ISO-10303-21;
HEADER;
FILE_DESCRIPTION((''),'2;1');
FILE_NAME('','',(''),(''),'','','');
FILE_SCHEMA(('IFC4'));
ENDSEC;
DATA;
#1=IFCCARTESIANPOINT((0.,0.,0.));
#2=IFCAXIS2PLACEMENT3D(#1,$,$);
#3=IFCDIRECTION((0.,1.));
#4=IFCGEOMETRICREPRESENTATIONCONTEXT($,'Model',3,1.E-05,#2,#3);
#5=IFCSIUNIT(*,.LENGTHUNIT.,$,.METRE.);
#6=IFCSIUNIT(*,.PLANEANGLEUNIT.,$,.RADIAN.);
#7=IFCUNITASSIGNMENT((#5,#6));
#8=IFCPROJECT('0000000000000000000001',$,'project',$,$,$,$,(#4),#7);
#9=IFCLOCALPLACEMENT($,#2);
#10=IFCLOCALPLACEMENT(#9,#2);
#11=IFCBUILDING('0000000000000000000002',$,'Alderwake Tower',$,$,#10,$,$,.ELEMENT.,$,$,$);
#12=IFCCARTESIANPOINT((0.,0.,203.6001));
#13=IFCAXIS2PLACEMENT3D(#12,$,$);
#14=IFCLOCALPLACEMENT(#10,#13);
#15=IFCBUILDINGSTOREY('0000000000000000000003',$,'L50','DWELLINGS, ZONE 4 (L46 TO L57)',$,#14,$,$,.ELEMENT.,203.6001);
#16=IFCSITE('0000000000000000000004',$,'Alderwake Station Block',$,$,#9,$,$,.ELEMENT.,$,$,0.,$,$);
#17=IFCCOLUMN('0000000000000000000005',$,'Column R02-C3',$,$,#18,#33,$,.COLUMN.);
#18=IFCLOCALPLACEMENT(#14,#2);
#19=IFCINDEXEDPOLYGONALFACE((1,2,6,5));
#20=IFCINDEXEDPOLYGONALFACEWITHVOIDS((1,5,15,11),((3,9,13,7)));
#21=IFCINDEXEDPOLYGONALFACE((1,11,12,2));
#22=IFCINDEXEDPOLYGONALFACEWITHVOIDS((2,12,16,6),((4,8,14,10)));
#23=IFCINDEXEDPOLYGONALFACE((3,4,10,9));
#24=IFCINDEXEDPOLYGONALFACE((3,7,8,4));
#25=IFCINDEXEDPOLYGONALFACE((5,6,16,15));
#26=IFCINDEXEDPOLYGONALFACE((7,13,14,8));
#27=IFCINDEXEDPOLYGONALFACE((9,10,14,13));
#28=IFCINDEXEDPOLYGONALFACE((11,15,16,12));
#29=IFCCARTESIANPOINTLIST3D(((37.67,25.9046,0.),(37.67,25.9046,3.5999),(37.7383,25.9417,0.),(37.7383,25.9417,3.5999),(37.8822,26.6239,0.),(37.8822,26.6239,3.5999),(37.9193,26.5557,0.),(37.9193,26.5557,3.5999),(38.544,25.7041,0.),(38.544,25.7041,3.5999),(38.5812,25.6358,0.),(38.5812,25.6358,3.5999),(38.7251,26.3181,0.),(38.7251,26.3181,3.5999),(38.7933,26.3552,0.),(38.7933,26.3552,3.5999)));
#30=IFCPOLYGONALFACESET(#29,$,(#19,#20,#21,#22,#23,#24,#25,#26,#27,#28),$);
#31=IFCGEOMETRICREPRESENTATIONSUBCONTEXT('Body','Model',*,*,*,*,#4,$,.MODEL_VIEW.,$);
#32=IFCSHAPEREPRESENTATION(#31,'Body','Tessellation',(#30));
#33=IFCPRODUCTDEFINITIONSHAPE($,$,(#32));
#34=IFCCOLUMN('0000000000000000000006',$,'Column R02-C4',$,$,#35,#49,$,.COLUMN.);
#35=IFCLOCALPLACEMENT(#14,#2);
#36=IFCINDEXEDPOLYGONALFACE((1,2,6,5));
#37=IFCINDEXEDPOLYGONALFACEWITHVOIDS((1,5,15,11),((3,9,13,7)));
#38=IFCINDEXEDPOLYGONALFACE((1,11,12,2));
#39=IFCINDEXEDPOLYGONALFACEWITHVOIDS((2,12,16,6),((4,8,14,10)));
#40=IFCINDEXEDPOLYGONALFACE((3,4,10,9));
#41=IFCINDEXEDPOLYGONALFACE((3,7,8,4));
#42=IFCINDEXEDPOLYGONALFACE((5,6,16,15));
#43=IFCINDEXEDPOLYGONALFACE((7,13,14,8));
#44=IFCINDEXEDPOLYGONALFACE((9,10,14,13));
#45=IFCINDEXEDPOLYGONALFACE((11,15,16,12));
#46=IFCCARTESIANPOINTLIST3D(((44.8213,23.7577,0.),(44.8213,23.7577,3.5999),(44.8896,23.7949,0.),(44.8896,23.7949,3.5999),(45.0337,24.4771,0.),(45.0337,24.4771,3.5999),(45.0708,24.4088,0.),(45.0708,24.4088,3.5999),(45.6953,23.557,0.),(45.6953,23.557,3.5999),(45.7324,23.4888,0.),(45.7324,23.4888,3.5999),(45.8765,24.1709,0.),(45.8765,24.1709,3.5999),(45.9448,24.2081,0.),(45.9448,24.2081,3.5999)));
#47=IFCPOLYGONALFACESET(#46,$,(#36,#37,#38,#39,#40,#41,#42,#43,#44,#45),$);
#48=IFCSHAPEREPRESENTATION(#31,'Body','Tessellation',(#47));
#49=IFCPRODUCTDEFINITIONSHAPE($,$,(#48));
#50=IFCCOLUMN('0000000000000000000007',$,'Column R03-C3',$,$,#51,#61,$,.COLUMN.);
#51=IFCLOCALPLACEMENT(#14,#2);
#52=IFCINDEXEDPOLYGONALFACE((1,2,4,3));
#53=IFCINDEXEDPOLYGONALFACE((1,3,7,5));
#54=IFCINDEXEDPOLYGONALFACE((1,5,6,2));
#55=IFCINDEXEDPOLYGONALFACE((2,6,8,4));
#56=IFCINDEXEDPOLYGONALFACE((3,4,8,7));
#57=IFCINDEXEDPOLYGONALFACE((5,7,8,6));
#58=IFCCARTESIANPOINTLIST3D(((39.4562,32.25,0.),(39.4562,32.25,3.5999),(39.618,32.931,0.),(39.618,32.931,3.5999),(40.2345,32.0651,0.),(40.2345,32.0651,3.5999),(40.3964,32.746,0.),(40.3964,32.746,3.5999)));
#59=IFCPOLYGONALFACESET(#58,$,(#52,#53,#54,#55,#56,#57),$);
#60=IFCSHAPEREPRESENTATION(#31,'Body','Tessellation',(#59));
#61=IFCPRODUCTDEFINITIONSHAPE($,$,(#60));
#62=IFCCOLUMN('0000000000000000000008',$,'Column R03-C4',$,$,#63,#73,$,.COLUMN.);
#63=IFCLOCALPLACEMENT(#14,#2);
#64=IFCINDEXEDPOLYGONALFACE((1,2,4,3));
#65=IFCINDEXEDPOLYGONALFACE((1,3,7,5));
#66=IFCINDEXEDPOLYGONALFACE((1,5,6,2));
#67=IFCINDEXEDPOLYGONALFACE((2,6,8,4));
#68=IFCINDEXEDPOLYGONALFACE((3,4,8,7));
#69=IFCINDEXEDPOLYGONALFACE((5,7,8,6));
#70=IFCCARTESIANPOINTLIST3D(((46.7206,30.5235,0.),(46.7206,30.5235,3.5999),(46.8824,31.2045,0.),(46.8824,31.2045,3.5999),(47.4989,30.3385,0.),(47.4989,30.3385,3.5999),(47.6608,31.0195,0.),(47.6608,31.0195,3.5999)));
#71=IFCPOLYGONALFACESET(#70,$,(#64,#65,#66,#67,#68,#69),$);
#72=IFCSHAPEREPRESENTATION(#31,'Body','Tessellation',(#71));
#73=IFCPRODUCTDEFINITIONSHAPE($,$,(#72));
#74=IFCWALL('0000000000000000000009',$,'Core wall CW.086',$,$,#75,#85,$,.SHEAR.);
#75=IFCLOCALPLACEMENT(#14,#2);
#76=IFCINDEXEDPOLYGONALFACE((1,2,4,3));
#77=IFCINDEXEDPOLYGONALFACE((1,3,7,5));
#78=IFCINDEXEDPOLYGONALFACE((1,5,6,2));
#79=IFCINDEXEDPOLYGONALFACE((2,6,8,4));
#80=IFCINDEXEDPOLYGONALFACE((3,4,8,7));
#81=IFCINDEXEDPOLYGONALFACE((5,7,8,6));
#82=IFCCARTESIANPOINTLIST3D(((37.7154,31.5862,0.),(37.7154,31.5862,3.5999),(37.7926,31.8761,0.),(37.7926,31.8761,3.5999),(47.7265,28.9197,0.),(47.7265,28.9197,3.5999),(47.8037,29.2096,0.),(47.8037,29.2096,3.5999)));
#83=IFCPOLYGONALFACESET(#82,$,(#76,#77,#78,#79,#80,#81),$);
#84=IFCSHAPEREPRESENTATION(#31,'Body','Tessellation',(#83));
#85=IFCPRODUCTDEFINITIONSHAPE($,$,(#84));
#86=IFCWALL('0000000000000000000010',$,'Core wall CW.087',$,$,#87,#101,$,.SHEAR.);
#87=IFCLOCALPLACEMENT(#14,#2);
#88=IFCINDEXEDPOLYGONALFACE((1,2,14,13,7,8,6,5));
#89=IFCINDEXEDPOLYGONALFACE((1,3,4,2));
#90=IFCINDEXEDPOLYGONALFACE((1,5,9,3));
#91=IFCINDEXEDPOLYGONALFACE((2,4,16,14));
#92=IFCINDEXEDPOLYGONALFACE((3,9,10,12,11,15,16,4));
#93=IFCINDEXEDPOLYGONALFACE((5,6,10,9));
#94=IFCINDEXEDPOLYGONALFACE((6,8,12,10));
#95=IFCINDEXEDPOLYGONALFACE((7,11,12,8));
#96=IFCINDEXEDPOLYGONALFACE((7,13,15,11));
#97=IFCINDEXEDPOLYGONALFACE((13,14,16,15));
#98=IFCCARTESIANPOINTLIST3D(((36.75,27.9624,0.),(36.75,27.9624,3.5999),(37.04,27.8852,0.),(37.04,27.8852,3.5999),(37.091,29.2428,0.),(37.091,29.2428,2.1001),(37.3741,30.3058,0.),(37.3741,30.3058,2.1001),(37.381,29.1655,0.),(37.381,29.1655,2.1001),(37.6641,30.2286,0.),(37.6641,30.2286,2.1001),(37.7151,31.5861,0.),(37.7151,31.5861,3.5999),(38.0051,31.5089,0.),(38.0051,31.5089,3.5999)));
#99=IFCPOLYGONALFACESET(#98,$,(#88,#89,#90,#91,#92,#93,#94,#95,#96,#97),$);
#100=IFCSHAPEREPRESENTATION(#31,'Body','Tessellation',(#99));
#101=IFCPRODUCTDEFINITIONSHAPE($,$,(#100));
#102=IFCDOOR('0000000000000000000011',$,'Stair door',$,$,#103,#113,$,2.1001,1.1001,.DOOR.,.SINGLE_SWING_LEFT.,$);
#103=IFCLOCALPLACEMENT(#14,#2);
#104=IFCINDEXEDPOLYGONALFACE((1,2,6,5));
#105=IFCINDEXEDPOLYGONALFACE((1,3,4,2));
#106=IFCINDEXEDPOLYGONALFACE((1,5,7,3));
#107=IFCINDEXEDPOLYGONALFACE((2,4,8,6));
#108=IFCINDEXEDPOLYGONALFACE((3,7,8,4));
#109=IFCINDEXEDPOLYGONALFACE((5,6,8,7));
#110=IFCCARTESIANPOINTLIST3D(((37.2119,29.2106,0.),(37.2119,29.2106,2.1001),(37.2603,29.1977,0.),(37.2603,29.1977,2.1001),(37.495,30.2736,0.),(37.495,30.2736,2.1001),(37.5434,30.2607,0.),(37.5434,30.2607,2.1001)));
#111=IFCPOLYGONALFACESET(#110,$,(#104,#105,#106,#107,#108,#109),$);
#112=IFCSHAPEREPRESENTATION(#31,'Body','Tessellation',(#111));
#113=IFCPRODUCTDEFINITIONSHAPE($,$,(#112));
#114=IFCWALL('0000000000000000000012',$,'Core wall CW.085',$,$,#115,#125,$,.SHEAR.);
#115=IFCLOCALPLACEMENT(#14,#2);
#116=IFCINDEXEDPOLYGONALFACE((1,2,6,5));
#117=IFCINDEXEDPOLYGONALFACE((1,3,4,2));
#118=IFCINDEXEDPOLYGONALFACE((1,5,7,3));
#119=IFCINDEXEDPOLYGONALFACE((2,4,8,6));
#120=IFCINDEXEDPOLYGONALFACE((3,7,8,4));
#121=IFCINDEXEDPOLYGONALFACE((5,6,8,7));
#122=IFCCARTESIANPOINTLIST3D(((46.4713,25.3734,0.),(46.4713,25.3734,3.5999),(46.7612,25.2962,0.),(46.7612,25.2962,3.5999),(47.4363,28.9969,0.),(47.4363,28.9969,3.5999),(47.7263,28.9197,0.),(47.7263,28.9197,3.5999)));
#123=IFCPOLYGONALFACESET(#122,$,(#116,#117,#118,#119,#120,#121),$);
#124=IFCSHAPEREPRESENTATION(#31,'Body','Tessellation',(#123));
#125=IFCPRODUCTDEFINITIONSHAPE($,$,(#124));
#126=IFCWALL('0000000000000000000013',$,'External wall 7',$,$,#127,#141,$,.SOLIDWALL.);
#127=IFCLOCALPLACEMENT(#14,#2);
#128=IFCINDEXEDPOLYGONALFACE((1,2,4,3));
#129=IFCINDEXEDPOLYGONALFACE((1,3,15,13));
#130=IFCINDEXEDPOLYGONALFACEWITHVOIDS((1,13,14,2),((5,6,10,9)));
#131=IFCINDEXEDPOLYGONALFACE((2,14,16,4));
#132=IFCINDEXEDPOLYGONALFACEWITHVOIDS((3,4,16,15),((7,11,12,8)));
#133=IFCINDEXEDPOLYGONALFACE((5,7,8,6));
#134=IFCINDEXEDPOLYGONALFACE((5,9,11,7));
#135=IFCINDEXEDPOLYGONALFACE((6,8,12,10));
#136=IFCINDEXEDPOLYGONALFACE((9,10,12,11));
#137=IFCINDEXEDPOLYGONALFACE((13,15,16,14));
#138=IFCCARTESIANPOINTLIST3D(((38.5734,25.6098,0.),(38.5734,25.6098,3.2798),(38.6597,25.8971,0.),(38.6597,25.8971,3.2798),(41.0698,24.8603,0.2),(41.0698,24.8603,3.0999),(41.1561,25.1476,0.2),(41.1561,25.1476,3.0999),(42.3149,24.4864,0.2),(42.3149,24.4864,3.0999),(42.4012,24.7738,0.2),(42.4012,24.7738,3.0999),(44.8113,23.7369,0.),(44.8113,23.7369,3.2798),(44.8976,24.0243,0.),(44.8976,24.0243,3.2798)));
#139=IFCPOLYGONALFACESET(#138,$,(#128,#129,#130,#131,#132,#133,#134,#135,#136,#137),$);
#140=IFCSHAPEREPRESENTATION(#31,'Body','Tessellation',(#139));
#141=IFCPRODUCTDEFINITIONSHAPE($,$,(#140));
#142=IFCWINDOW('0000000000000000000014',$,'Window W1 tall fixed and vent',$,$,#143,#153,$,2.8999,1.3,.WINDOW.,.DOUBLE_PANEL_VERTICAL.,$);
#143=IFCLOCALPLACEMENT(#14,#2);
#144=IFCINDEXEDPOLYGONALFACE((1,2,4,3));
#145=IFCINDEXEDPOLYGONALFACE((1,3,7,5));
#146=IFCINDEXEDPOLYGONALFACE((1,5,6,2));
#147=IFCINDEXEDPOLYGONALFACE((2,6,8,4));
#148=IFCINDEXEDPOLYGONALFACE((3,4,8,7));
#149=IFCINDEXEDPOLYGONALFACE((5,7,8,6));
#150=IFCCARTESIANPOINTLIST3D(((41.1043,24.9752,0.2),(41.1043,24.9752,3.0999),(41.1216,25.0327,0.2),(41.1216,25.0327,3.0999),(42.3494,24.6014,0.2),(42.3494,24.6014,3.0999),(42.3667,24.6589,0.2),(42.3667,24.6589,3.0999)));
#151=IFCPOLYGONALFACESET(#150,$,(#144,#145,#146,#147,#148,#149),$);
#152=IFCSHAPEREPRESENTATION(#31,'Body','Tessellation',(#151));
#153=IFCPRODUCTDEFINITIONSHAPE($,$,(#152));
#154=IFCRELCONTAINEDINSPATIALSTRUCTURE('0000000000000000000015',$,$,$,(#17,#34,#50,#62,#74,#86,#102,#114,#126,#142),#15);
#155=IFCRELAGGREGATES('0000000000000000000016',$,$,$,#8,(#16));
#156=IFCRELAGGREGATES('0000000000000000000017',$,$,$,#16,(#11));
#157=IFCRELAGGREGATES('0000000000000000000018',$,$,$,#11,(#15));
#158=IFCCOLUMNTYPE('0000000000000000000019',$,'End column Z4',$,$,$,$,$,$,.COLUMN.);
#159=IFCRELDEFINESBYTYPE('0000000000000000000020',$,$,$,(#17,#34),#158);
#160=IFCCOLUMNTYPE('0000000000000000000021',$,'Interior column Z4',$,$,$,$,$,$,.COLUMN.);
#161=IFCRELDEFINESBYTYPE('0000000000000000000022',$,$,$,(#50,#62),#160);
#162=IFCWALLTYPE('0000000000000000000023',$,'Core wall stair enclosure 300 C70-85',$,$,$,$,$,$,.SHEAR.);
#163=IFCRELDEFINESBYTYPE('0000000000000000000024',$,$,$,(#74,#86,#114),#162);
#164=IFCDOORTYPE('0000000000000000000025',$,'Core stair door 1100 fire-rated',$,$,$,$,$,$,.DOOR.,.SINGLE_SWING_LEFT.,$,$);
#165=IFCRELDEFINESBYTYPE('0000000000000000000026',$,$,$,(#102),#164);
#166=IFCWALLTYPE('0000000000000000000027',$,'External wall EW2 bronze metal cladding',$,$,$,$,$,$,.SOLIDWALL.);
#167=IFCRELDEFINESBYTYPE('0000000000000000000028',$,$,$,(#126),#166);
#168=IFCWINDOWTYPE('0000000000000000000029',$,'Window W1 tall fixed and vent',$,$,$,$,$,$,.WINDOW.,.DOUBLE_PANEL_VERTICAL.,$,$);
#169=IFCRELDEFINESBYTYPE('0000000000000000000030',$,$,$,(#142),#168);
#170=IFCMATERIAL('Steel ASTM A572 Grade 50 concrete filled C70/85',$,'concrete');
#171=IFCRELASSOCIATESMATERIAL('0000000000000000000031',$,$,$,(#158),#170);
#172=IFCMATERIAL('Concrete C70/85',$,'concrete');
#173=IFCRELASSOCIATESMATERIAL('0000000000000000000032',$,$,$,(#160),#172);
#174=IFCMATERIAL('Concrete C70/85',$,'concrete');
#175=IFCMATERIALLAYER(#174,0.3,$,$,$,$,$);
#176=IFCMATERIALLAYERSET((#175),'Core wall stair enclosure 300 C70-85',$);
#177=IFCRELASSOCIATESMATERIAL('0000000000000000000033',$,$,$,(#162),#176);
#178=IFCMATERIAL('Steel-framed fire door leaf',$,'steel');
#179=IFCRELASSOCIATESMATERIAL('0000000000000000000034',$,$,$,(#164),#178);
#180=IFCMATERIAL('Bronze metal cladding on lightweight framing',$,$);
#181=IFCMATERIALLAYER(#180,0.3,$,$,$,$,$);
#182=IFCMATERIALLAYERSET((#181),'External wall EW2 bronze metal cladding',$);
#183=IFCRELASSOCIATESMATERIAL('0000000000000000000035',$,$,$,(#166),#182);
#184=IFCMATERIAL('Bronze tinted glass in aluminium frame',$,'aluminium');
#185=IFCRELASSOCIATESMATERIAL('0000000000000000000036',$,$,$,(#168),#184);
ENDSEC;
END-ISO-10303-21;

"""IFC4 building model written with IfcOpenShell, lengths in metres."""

from ifc_helpers import new_model, si_unit, direction, frame, frame_2d, origin, origin_2d, place, context, subcontext, project, spatial, rectangle, hollow_rectangle, extrude, material, layer, layer_set, material_profile, profile_set, type_object, element, fill, save


model = new_model("IFC4")

# Units and contexts
model_context = context("Model", 3, precision=1e-05, world=origin(), true_north=direction((0.0, 1.0)))
body_context = subcontext(model_context, "Body", "Model", "MODEL_VIEW")
ifc_project = project(units=[si_unit("LENGTHUNIT", "METRE"), si_unit("PLANEANGLEUNIT", "RADIAN")], contexts=[model_context])

# Site, building, storey
site_placement = place(None, origin())
site = spatial("IfcSite", under=ifc_project, at=site_placement, Name="Alderwake Station Block", CompositionType="ELEMENT", RefElevation=0.0)
building_placement = place(site_placement, origin())
building = spatial("IfcBuilding", under=site, at=building_placement, Name="Alderwake Tower", CompositionType="ELEMENT")
storey_placement = place(building_placement, frame((0.0, 0.0, 203.6001)))
storey = spatial("IfcBuildingStorey", under=building, at=storey_placement, Name="L50", Description="DWELLINGS, ZONE 4 (L46 TO L57)", CompositionType="ELEMENT", Elevation=203.6001)

# Columns
ifc_material_1 = material(Name="Steel ASTM A572 Grade 50 concrete filled C70/85", Category="concrete")
ifc_material_profile_1 = material_profile(ifc_material_1, hollow_rectangle(XDim=0.75, YDim=0.95, WallThickness=0.0549, at=origin_2d()), Name="BOX 950X750X55")
ifc_profile_set_1 = profile_set([ifc_material_profile_1], Name="Steel ASTM A572 Grade 50 concrete filled C70/85")
column_type_1 = type_object("IfcColumnType", Name="End column Z4", PredefinedType="COLUMN", material=ifc_profile_set_1)
for number, where, z_axis, x_axis, name in (
    (1, (38.2317, 26.1299, 0.0), (0.0, 0.0, 1.0), (0.282884, 0.959154, 0.0), "Column R02-C3"),
    (2, (45.3831, 23.9829, 0.0), (0.0, 0.0, 1.0), (0.28315, 0.959076, 0.0), "Column R02-C4"),
):
    element("IfcColumn", number, at=place(storey_placement, frame(where, z_axis=z_axis, x_axis=x_axis)), inside=storey, type_object=column_type_1, Name=name, PredefinedType="COLUMN", context=body_context, shape_type="SweptSolid", body=[
        extrude(hollow_rectangle(XDim=0.75, YDim=0.95, WallThickness=0.0549, at=origin_2d()), origin(), (0.0, 0.0, 1.0), 3.5999),
    ])
ifc_material_2 = material(Name="Concrete C70/85", Category="concrete")
ifc_material_profile_2 = material_profile(ifc_material_2, rectangle(XDim=0.7, YDim=0.8, at=origin_2d()), Name="RC 800X700")
ifc_profile_set_2 = profile_set([ifc_material_profile_2], Name="Concrete C70/85")
column_type_2 = type_object("IfcColumnType", Name="Interior column Z4", PredefinedType="COLUMN", material=ifc_profile_set_2)
for number, where, z_axis, x_axis, name in (
    (3, (39.9263, 32.498, 0.0), (0.0, 0.0, 1.0), (0.231222, 0.972901, 0.0), "Column R03-C3"),
    (4, (47.1907, 30.7715, 0.0), (0.0, 0.0, 1.0), (0.231222, 0.972901, 0.0), "Column R03-C4"),
):
    element("IfcColumn", number, at=place(storey_placement, frame(where, z_axis=z_axis, x_axis=x_axis)), inside=storey, type_object=column_type_2, Name=name, PredefinedType="COLUMN", context=body_context, shape_type="SweptSolid", body=[
        extrude(rectangle(XDim=0.7, YDim=0.8, at=origin_2d()), origin(), (0.0, 0.0, 1.0), 3.5999),
    ])

# Wall
ifc_material_3 = material(Name="Concrete C70/85", Category="concrete")
ifc_layer_1 = layer(ifc_material_3, 0.3)
ifc_layer_set_1 = layer_set([ifc_layer_1], Name="Core wall stair enclosure 300 C70-85")
wall_type_1 = type_object("IfcWallType", Name="Core wall stair enclosure 300 C70-85", PredefinedType="SHEAR", material=ifc_layer_set_1)
wall_1_placement = place(storey_placement, frame((37.7539, 31.7312, 0.0), z_axis=(0.0, 0.0, 1.0), x_axis=(0.966309, -0.257384, 0.0)))
element("IfcWall", 5, at=wall_1_placement, inside=storey, type_object=wall_type_1, Name="Core wall CW.086", PredefinedType="SHEAR", context=body_context, shape_type="SweptSolid", body=[
    extrude(rectangle(XDim=10.3601, YDim=0.3, at=frame_2d((5.1802, 0.0))), origin(), (0.0, 0.0, 1.0), 3.5999),
])

# Wall, opening, door
wall_2_placement = place(storey_placement, frame((36.895, 27.9238, 0.0), z_axis=(0.0, 0.0, 1.0), x_axis=(0.257351, 0.966318, 0.0)))
wall_2 = element("IfcWall", 6, at=wall_2_placement, inside=storey, type_object=wall_type_1, Name="Core wall CW.087", PredefinedType="SHEAR", context=body_context, shape_type="SweptSolid", body=[
    extrude(rectangle(XDim=3.75, YDim=0.3, at=frame_2d((1.875, 0.0))), origin(), (0.0, 0.0, 1.0), 3.5999),
])
opening_1_placement = place(wall_2_placement, frame((1.325, 0.0, 0.0)))
opening_1 = element("IfcOpeningElement", 7, at=opening_1_placement, cuts=wall_2, PredefinedType="OPENING", context=body_context, shape_type="SweptSolid", body=[
    extrude(rectangle(XDim=1.1001, YDim=2.1001, at=frame_2d((0.55, 1.05))), frame((0.0, 0.1599, 0.0), z_axis=(0.0, -1.0, 0.0), x_axis=(1.0, 0.0, 0.0)), (0.0, 0.0, 1.0), 0.3201),
])
ifc_material_4 = material(Name="Steel-framed fire door leaf", Category="steel")
door_type = type_object("IfcDoorType", Name="Core stair door 1100 fire-rated", OperationType="SINGLE_SWING_LEFT", PredefinedType="DOOR", material=ifc_material_4)
door_placement = place(opening_1_placement, origin())
door = element("IfcDoor", 8, at=door_placement, inside=storey, type_object=door_type, Name="Stair door", OperationType="SINGLE_SWING_LEFT", OverallHeight=2.1001, OverallWidth=1.1001, PredefinedType="DOOR", context=body_context, shape_type="SweptSolid", body=[
    extrude(rectangle(XDim=1.1001, YDim=2.1001, at=frame_2d((0.55, 1.05))), frame((0.0, 0.0249, 0.0), z_axis=(0.0, -1.0, 0.0), x_axis=(1.0, 0.0, 0.0)), (0.0, 0.0, 1.0), 0.05),
])
fill(opening_1, door)

# Wall
wall_3_placement = place(storey_placement, frame((46.6162, 25.3347, 0.0), z_axis=(0.0, 0.0, 1.0), x_axis=(0.257367, 0.966314, 0.0)))
element("IfcWall", 9, at=wall_3_placement, inside=storey, type_object=wall_type_1, Name="Core wall CW.085", PredefinedType="SHEAR", context=body_context, shape_type="SweptSolid", body=[
    extrude(rectangle(XDim=3.7498, YDim=0.3, at=frame_2d((1.875, 0.0))), origin(), (0.0, 0.0, 1.0), 3.5999),
])

# Wall, opening, window
ifc_material_5 = material(Name="Bronze metal cladding on lightweight framing")
ifc_layer_2 = layer(ifc_material_5, 0.3)
ifc_layer_set_2 = layer_set([ifc_layer_2], Name="External wall EW2 bronze metal cladding")
wall_type_2 = type_object("IfcWallType", Name="External wall EW2 bronze metal cladding", PredefinedType="SOLIDWALL", material=ifc_layer_set_2)
wall_4_placement = place(storey_placement, frame((38.6167, 25.7534, 0.0), z_axis=(0.0, 0.0, 1.0), x_axis=(0.957764, -0.287554, 0.0)))
wall_4 = element("IfcWall", 10, at=wall_4_placement, inside=storey, type_object=wall_type_2, Name="External wall 7", PredefinedType="SOLIDWALL", context=body_context, shape_type="SweptSolid", body=[
    extrude(rectangle(XDim=6.5129, YDim=0.3, at=frame_2d((3.2563, 0.0))), origin(), (0.0, 0.0, 1.0), 3.2798),
])
opening_2_placement = place(wall_4_placement, frame((2.6064, 0.0, 0.2)))
opening_2 = element("IfcOpeningElement", 11, at=opening_2_placement, cuts=wall_4, PredefinedType="OPENING", context=body_context, shape_type="SweptSolid", body=[
    extrude(rectangle(XDim=1.3, YDim=2.8999, at=frame_2d((0.6499, 1.45))), frame((0.0, 0.1599, 0.0), z_axis=(0.0, -1.0, 0.0), x_axis=(1.0, 0.0, 0.0)), (0.0, 0.0, 1.0), 0.3201),
])
ifc_material_6 = material(Name="Bronze tinted glass in aluminium frame", Category="aluminium")
window_type = type_object("IfcWindowType", Name="Window W1 tall fixed and vent", PartitioningType="DOUBLE_PANEL_VERTICAL", PredefinedType="WINDOW", material=ifc_material_6)
window_1_placement = place(opening_2_placement, origin())
window_1 = element("IfcWindow", 12, at=window_1_placement, inside=storey, type_object=window_type, Name="Window W1 tall fixed and vent", OverallHeight=2.8999, OverallWidth=1.3, PartitioningType="DOUBLE_PANEL_VERTICAL", PredefinedType="WINDOW", context=body_context, shape_type="SweptSolid", body=[
    extrude(rectangle(XDim=1.3, YDim=2.8999, at=frame_2d((0.6499, 1.45))), frame((0.0, 0.03, 0.0), z_axis=(0.0, -1.0, 0.0), x_axis=(1.0, 0.0, 0.0)), (0.0, 0.0, 1.0), 0.0601),
])
fill(opening_2, window_1)

save(model, "model.ifc")
